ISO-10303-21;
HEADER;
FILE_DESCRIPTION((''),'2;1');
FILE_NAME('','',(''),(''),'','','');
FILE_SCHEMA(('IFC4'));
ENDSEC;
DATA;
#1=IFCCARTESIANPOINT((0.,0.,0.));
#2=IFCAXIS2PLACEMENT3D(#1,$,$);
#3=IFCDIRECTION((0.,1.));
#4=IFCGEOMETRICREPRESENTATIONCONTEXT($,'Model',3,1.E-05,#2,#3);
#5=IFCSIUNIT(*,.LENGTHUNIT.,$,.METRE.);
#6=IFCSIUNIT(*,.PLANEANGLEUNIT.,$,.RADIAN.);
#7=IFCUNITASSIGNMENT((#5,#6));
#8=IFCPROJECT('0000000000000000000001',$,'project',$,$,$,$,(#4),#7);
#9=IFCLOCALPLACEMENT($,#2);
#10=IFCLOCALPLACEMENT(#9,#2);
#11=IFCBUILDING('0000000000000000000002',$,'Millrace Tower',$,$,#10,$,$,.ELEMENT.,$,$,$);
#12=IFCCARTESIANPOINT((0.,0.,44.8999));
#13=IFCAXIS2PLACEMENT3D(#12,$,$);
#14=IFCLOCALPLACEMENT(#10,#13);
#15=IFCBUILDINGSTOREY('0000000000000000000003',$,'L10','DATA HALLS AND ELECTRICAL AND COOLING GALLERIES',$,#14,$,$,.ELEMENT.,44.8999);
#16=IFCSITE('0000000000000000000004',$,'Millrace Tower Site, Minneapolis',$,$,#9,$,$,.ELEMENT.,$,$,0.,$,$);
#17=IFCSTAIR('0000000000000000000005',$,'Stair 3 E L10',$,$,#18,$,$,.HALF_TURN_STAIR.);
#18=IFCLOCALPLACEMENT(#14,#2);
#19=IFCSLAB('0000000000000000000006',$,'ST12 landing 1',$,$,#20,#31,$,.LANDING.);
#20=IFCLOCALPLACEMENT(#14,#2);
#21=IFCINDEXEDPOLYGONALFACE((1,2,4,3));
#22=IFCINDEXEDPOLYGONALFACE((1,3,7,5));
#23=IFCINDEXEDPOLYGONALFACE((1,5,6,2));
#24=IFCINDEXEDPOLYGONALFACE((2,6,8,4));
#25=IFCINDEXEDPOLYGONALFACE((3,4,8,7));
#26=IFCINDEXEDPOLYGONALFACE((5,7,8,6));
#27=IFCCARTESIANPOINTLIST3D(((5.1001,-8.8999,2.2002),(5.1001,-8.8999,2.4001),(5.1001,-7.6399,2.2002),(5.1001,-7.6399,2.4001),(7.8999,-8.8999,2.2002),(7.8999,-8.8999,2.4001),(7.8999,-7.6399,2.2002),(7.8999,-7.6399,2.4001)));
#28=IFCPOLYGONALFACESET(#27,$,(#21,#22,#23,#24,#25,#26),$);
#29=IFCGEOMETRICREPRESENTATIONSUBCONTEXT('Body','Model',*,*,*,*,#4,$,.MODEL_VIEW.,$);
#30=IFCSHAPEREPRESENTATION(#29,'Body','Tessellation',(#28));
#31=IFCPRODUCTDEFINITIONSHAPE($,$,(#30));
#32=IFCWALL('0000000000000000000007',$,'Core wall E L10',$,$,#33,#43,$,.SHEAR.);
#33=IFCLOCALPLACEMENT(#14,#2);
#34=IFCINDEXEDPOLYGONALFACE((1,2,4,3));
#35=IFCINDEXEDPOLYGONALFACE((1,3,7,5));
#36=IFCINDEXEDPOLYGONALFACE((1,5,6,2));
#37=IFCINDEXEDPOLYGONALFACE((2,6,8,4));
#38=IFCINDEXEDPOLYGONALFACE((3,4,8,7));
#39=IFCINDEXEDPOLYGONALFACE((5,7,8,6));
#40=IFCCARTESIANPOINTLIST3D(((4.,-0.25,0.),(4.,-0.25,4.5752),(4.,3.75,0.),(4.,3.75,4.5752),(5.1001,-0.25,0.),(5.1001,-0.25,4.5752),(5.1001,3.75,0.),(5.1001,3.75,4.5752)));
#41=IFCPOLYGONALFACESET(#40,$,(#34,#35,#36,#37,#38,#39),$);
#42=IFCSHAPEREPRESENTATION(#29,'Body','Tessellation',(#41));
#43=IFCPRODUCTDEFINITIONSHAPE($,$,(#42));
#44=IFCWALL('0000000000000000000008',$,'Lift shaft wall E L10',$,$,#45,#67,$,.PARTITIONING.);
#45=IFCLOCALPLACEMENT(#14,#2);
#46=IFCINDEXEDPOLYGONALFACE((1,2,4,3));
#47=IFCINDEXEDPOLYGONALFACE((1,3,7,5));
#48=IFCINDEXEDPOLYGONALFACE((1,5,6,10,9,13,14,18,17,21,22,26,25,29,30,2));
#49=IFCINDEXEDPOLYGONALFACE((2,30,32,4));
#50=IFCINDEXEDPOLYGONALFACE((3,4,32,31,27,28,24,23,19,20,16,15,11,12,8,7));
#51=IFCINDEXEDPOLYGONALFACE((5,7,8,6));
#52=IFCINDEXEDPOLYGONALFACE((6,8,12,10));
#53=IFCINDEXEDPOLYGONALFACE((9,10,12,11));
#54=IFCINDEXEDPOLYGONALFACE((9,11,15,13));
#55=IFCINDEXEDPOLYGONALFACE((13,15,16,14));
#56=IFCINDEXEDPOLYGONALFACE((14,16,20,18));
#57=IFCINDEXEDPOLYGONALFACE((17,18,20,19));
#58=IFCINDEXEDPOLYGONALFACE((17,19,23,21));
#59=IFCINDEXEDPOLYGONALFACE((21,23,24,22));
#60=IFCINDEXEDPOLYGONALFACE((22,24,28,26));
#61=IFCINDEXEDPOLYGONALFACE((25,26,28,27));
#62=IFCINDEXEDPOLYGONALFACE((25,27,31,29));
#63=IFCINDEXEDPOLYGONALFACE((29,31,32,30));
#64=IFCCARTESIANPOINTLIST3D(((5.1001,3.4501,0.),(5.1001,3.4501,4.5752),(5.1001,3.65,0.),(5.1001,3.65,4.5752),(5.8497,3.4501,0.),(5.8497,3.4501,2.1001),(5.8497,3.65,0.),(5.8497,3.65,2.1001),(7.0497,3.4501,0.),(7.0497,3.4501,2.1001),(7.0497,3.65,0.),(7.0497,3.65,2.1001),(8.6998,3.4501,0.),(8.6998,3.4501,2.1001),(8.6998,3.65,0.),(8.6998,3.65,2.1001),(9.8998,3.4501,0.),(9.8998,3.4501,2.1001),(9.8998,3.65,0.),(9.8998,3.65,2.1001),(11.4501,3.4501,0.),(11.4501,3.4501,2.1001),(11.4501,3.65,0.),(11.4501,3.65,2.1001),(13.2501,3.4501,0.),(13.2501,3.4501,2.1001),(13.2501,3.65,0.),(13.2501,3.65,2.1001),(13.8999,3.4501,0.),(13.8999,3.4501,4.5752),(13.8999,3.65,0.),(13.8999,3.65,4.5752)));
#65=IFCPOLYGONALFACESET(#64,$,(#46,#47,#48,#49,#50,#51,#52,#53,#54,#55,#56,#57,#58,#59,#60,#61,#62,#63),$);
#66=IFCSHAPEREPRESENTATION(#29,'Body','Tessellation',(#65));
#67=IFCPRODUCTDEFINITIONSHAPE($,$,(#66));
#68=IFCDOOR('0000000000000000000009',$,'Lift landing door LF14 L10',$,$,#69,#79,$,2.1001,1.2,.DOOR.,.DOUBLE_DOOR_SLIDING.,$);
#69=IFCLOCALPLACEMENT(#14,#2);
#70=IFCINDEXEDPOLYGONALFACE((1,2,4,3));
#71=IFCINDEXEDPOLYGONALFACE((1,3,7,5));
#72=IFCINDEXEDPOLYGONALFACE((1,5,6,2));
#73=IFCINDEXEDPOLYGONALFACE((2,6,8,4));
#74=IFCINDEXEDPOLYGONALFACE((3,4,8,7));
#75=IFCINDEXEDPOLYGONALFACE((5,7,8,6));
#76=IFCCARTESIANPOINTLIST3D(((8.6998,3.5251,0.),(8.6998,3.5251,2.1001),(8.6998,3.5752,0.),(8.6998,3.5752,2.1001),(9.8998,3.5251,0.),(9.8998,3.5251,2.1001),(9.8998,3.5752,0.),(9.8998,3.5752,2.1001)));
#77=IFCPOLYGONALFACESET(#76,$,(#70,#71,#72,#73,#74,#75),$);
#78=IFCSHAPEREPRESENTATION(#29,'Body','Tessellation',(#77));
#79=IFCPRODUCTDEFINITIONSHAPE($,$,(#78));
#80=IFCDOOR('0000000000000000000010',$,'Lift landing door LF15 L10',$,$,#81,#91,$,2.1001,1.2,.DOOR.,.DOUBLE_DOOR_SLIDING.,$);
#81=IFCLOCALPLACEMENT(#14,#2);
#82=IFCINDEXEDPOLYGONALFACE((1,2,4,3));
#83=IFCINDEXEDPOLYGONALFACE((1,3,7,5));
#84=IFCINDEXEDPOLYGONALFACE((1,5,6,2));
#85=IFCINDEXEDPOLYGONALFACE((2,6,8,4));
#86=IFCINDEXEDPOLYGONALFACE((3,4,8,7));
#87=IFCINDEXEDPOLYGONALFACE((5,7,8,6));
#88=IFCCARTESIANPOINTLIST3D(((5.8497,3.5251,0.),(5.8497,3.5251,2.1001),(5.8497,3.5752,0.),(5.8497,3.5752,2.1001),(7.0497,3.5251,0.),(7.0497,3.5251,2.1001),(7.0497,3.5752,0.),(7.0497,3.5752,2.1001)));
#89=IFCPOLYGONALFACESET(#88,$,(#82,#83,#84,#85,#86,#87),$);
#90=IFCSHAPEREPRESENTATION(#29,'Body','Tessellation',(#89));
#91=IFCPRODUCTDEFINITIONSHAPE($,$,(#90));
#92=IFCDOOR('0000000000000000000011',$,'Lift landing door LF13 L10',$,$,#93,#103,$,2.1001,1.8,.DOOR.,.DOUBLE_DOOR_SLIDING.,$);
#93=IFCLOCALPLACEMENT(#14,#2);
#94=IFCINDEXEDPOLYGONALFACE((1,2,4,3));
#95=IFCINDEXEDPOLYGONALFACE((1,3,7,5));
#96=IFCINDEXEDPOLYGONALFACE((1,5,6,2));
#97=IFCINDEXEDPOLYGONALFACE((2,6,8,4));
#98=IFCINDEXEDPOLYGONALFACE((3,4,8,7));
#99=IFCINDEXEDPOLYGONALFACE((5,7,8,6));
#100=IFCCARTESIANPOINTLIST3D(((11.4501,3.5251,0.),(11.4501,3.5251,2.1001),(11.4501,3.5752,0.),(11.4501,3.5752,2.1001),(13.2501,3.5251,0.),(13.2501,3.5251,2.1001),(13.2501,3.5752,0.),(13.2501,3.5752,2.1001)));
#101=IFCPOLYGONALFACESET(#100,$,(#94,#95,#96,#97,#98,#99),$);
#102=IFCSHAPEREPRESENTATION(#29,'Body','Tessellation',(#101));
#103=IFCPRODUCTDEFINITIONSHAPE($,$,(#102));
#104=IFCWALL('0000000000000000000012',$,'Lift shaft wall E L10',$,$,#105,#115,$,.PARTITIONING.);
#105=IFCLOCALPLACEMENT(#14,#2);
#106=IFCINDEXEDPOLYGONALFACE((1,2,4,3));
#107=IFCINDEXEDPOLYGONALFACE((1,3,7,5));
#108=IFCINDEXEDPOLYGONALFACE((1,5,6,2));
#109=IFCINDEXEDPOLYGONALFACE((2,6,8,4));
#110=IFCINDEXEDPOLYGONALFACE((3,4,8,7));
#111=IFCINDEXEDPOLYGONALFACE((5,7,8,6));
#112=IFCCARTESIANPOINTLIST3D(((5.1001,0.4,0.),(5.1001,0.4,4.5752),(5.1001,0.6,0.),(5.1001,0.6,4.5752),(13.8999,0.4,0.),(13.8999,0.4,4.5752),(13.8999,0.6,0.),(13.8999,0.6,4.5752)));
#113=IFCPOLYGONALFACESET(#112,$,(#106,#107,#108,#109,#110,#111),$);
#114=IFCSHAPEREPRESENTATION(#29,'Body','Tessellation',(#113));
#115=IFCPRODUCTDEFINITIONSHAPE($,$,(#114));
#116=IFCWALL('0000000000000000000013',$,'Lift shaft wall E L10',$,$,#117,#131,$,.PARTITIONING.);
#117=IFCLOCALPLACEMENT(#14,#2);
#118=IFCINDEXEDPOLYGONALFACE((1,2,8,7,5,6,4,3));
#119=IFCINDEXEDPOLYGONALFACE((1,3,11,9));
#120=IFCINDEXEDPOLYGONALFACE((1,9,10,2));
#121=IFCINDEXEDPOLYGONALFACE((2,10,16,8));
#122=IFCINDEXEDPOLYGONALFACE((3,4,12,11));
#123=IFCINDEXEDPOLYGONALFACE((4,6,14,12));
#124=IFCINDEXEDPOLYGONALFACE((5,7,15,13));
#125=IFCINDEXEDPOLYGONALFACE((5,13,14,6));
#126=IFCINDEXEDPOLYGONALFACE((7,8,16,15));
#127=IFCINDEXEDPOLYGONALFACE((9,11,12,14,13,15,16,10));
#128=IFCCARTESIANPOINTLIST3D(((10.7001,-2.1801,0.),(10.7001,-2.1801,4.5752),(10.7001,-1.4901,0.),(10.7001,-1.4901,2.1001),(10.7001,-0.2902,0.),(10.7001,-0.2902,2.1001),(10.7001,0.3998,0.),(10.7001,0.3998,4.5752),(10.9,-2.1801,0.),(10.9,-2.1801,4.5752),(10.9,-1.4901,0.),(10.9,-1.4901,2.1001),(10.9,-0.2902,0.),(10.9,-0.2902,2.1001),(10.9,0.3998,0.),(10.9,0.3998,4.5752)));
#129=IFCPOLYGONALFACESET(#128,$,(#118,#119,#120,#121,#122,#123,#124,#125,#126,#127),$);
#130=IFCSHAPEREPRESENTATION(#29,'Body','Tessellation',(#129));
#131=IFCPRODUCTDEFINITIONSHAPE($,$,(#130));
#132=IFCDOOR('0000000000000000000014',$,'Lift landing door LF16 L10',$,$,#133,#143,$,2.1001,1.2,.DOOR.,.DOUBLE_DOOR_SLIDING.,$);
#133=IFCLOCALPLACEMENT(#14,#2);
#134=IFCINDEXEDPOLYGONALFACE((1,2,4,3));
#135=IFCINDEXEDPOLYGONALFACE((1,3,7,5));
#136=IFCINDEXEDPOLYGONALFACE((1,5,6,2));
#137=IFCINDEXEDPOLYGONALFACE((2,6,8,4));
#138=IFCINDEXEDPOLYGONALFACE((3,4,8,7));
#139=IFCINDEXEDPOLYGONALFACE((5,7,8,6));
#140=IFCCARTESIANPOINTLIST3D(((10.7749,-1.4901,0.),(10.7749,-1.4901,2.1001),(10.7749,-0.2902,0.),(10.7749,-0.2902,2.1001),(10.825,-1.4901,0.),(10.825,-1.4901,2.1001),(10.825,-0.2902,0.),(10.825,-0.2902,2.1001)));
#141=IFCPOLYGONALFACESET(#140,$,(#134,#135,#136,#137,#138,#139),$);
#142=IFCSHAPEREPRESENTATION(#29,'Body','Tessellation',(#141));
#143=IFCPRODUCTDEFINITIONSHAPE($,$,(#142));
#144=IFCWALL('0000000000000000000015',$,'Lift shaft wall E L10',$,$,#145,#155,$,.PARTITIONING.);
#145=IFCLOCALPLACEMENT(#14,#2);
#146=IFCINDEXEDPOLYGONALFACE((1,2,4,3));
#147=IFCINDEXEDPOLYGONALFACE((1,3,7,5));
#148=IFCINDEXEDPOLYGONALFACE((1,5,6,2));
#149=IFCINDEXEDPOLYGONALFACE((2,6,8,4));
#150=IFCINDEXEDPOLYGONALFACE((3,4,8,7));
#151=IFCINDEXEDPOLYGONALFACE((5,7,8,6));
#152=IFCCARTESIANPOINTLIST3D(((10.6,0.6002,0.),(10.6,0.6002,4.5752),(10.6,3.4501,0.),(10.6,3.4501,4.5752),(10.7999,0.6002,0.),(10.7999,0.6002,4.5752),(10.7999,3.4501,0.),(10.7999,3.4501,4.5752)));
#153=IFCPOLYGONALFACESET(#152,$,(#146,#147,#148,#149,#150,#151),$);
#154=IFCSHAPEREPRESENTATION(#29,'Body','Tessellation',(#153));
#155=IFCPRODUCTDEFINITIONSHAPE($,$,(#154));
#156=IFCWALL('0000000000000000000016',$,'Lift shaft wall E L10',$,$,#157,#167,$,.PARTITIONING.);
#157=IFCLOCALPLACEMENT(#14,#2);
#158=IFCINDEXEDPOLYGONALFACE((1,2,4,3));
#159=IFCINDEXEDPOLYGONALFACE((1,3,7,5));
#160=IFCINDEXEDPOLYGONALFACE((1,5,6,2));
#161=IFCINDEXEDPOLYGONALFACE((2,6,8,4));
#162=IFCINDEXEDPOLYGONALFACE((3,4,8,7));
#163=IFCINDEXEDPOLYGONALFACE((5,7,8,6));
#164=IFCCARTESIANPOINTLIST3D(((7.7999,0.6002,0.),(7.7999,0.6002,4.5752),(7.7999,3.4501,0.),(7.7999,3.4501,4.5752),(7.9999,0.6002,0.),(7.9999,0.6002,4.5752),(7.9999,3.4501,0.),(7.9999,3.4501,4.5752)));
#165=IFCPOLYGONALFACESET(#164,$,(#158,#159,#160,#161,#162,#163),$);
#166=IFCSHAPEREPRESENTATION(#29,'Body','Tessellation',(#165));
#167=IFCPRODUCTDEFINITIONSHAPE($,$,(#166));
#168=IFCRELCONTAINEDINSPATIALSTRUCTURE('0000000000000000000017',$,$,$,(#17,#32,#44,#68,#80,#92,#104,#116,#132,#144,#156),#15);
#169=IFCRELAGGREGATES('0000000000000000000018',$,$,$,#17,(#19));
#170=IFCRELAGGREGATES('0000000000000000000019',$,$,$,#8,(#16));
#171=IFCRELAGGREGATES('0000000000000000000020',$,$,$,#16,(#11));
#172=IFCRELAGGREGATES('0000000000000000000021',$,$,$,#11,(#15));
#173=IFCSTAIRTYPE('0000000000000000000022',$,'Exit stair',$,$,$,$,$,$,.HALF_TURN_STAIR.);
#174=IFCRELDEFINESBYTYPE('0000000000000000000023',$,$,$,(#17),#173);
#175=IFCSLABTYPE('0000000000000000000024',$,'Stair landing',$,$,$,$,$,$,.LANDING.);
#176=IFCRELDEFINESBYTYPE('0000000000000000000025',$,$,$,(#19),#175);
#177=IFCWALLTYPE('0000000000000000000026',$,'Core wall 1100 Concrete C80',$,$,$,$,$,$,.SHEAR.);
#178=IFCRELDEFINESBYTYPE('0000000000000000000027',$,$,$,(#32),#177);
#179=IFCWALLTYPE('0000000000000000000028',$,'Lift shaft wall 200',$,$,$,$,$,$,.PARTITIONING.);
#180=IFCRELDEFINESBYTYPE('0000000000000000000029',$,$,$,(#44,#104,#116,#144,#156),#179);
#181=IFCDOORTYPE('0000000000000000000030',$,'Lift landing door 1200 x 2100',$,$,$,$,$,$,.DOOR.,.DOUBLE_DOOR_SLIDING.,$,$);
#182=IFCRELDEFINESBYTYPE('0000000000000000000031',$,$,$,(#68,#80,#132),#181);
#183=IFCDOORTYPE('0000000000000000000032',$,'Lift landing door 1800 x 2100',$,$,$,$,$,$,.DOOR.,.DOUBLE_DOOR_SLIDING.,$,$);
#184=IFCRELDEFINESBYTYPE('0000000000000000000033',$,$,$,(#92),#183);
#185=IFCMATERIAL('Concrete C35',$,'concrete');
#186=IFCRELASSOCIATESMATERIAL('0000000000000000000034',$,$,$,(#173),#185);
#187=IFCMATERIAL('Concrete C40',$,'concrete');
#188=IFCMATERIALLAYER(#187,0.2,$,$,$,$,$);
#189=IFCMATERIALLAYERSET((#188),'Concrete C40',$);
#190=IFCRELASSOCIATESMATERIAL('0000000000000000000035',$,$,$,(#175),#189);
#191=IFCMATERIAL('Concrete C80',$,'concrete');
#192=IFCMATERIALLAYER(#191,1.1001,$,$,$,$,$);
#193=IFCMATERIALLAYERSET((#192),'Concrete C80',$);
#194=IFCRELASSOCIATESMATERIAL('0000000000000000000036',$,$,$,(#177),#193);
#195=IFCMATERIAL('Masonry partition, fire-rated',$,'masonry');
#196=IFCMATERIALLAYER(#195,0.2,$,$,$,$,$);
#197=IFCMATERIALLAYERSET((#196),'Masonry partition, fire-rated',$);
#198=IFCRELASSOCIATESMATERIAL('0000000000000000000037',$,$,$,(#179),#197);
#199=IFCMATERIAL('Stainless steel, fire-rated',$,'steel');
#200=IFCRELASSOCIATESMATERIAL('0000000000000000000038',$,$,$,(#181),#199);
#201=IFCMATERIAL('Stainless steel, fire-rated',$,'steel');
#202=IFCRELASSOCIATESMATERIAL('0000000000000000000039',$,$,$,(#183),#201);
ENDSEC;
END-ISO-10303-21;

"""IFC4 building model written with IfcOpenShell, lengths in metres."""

from ifc_helpers import new_model, si_unit, direction, frame, frame_2d, origin, place, context, subcontext, project, spatial, polyline, rectangle, outline, extrude, material, layer, layer_set, type_object, element, fill, aggregate, save


model = new_model("IFC4")

# Units and contexts
model_context = context("Model", 3, precision=1e-05, world=origin(), true_north=direction((0.0, 1.0)))
body_context = subcontext(model_context, "Body", "Model", "MODEL_VIEW")
ifc_project = project(units=[si_unit("LENGTHUNIT", "METRE"), si_unit("PLANEANGLEUNIT", "RADIAN")], contexts=[model_context])

# Site, building, storey
site_placement = place(None, origin())
site = spatial("IfcSite", under=ifc_project, at=site_placement, Name="Millrace Tower Site, Minneapolis", CompositionType="ELEMENT", RefElevation=0.0)
building_placement = place(site_placement, origin())
building = spatial("IfcBuilding", under=site, at=building_placement, Name="Millrace Tower", CompositionType="ELEMENT")
storey_placement = place(building_placement, frame((0.0, 0.0, 44.8999)))
storey = spatial("IfcBuildingStorey", under=building, at=storey_placement, Name="L10", Description="DATA HALLS AND ELECTRICAL AND COOLING GALLERIES", CompositionType="ELEMENT", Elevation=44.8999)

# Shared definitions
placement_1 = place(storey_placement, origin())

# Stair, slab
ifc_material_1 = material(Name="Concrete C35", Category="concrete")
stair_type = type_object("IfcStairType", Name="Exit stair", PredefinedType="HALF_TURN_STAIR", material=ifc_material_1)
ifc_material_2 = material(Name="Concrete C40", Category="concrete")
ifc_layer_1 = layer(ifc_material_2, 0.2)
ifc_layer_set_1 = layer_set([ifc_layer_1], Name="Concrete C40")
slab_type = type_object("IfcSlabType", Name="Stair landing", PredefinedType="LANDING", material=ifc_layer_set_1)
placement_2 = place(storey_placement, frame((0.0, 0.0, 2.2002)))
stair_1 = element("IfcStair", 1, at=placement_1, inside=storey, type_object=stair_type, Name="Stair 3 E L10", PredefinedType="HALF_TURN_STAIR")
slab_1 = element("IfcSlab", 2, at=placement_2, type_object=slab_type, Name="ST12 landing 1", PredefinedType="LANDING", context=body_context, shape_type="SweptSolid", body=[
    extrude(outline(polyline([(5.1001, -8.8999), (7.8999, -8.8999), (7.8999, -7.6399), (5.1001, -7.6399), (5.1001, -8.8999)])), origin(), (0.0, 0.0, 1.0), 0.2),
])
aggregate(stair_1, [slab_1])

# Wall
ifc_material_3 = material(Name="Concrete C80", Category="concrete")
ifc_layer_2 = layer(ifc_material_3, 1.1001)
ifc_layer_set_2 = layer_set([ifc_layer_2], Name="Concrete C80")
wall_type_1 = type_object("IfcWallType", Name="Core wall 1100 Concrete C80", PredefinedType="SHEAR", material=ifc_layer_set_2)
wall_1_placement = place(storey_placement, frame((4.55, 3.75, 0.0), z_axis=(0.0, 0.0, 1.0), x_axis=(0.0, -1.0, 0.0)))
element("IfcWall", 3, at=wall_1_placement, inside=storey, type_object=wall_type_1, Name="Core wall E L10", PredefinedType="SHEAR", context=body_context, shape_type="SweptSolid", body=[
    extrude(rectangle(XDim=4.0, YDim=1.1001, at=frame_2d((2.0, 0.0))), origin(), (0.0, 0.0, 1.0), 4.5752),
])

# Wall, openings, doors
ifc_material_4 = material(Name="Masonry partition, fire-rated", Category="masonry")
ifc_layer_3 = layer(ifc_material_4, 0.2)
ifc_layer_set_3 = layer_set([ifc_layer_3], Name="Masonry partition, fire-rated")
wall_type_2 = type_object("IfcWallType", Name="Lift shaft wall 200", PredefinedType="PARTITIONING", material=ifc_layer_set_3)
wall_2_placement = place(storey_placement, frame((13.8999, 3.55, 0.0), z_axis=(0.0, 0.0, 1.0), x_axis=(-1.0, 0.0, 0.0)))
wall_2 = element("IfcWall", 4, at=wall_2_placement, inside=storey, type_object=wall_type_2, Name="Lift shaft wall E L10", PredefinedType="PARTITIONING", context=body_context, shape_type="SweptSolid", body=[
    extrude(rectangle(XDim=8.7998, YDim=0.2, at=frame_2d((4.3999, 0.0))), origin(), (0.0, 0.0, 1.0), 4.5752),
])
opening_1_placement = place(wall_2_placement, frame((0.6499, 0.0, 0.0)))
opening_1 = element("IfcOpeningElement", 5, at=opening_1_placement, cuts=wall_2, PredefinedType="OPENING", context=body_context, shape_type="SweptSolid", body=[
    extrude(rectangle(XDim=1.8, YDim=2.1001, at=frame_2d((0.8999, 1.05))), frame((0.0, 0.1099, 0.0), z_axis=(0.0, -1.0, 0.0), x_axis=(1.0, 0.0, 0.0)), (0.0, 0.0, 1.0), 0.22),
])
opening_2_placement = place(wall_2_placement, frame((4.0, 0.0, 0.0)))
opening_2 = element("IfcOpeningElement", 6, at=opening_2_placement, cuts=wall_2, PredefinedType="OPENING", context=body_context, shape_type="SweptSolid", body=[
    extrude(rectangle(XDim=1.2, YDim=2.1001, at=frame_2d((0.6001, 1.05))), frame((0.0, 0.1099, 0.0), z_axis=(0.0, -1.0, 0.0), x_axis=(1.0, 0.0, 0.0)), (0.0, 0.0, 1.0), 0.22),
])
opening_3_placement = place(wall_2_placement, frame((6.8501, 0.0, 0.0)))
opening_3 = element("IfcOpeningElement", 7, at=opening_3_placement, cuts=wall_2, PredefinedType="OPENING", context=body_context, shape_type="SweptSolid", body=[
    extrude(rectangle(XDim=1.2, YDim=2.1001, at=frame_2d((0.6001, 1.05))), frame((0.0, 0.1099, 0.0), z_axis=(0.0, -1.0, 0.0), x_axis=(1.0, 0.0, 0.0)), (0.0, 0.0, 1.0), 0.22),
])
ifc_material_5 = material(Name="Stainless steel, fire-rated", Category="steel")
door_type_1 = type_object("IfcDoorType", Name="Lift landing door 1200 x 2100", OperationType="DOUBLE_DOOR_SLIDING", PredefinedType="DOOR", material=ifc_material_5)
door_1_placement = place(opening_2_placement, origin())
door_1 = element("IfcDoor", 8, at=door_1_placement, inside=storey, type_object=door_type_1, Name="Lift landing door LF14 L10", OperationType="DOUBLE_DOOR_SLIDING", OverallHeight=2.1001, OverallWidth=1.2, PredefinedType="DOOR", context=body_context, shape_type="SweptSolid", body=[
    extrude(rectangle(XDim=1.2, YDim=2.1001, at=frame_2d((0.6001, 1.05))), frame((0.0, 0.0249, 0.0), z_axis=(0.0, -1.0, 0.0), x_axis=(1.0, 0.0, 0.0)), (0.0, 0.0, 1.0), 0.05),
])
fill(opening_2, door_1)
door_2_placement = place(opening_3_placement, origin())
door_2 = element("IfcDoor", 9, at=door_2_placement, inside=storey, type_object=door_type_1, Name="Lift landing door LF15 L10", OperationType="DOUBLE_DOOR_SLIDING", OverallHeight=2.1001, OverallWidth=1.2, PredefinedType="DOOR", context=body_context, shape_type="SweptSolid", body=[
    extrude(rectangle(XDim=1.2, YDim=2.1001, at=frame_2d((0.6001, 1.05))), frame((0.0, 0.0249, 0.0), z_axis=(0.0, -1.0, 0.0), x_axis=(1.0, 0.0, 0.0)), (0.0, 0.0, 1.0), 0.05),
])
fill(opening_3, door_2)
ifc_material_6 = material(Name="Stainless steel, fire-rated", Category="steel")
door_type_2 = type_object("IfcDoorType", Name="Lift landing door 1800 x 2100", OperationType="DOUBLE_DOOR_SLIDING", PredefinedType="DOOR", material=ifc_material_6)
door_3_placement = place(opening_1_placement, origin())
door_3 = element("IfcDoor", 10, at=door_3_placement, inside=storey, type_object=door_type_2, Name="Lift landing door LF13 L10", OperationType="DOUBLE_DOOR_SLIDING", OverallHeight=2.1001, OverallWidth=1.8, PredefinedType="DOOR", context=body_context, shape_type="SweptSolid", body=[
    extrude(rectangle(XDim=1.8, YDim=2.1001, at=frame_2d((0.8999, 1.05))), frame((0.0, 0.0249, 0.0), z_axis=(0.0, -1.0, 0.0), x_axis=(1.0, 0.0, 0.0)), (0.0, 0.0, 1.0), 0.05),
])
fill(opening_1, door_3)

# Wall
wall_3_placement = place(storey_placement, frame((13.8999, 0.5, 0.0), z_axis=(0.0, 0.0, 1.0), x_axis=(-1.0, 0.0, 0.0)))
element("IfcWall", 11, at=wall_3_placement, inside=storey, type_object=wall_type_2, Name="Lift shaft wall E L10", PredefinedType="PARTITIONING", context=body_context, shape_type="SweptSolid", body=[
    extrude(rectangle(XDim=8.7998, YDim=0.2, at=frame_2d((4.3999, 0.0))), origin(), (0.0, 0.0, 1.0), 4.5752),
])

# Wall, opening, door
wall_4_placement = place(storey_placement, frame((10.8, 0.3999, 0.0), z_axis=(0.0, 0.0, 1.0), x_axis=(0.0, -1.0, 0.0)))
wall_4 = element("IfcWall", 12, at=wall_4_placement, inside=storey, type_object=wall_type_2, Name="Lift shaft wall E L10", PredefinedType="PARTITIONING", context=body_context, shape_type="SweptSolid", body=[
    extrude(rectangle(XDim=2.5798, YDim=0.2, at=frame_2d((1.29, 0.0))), origin(), (0.0, 0.0, 1.0), 4.5752),
])
opening_4_placement = place(wall_4_placement, frame((0.6899, 0.0, 0.0)))
opening_4 = element("IfcOpeningElement", 13, at=opening_4_placement, cuts=wall_4, PredefinedType="OPENING", context=body_context, shape_type="SweptSolid", body=[
    extrude(rectangle(XDim=1.2, YDim=2.1001, at=frame_2d((0.6001, 1.05))), frame((0.0, 0.1099, 0.0), z_axis=(0.0, -1.0, 0.0), x_axis=(1.0, 0.0, 0.0)), (0.0, 0.0, 1.0), 0.22),
])
door_4_placement = place(opening_4_placement, origin())
door_4 = element("IfcDoor", 14, at=door_4_placement, inside=storey, type_object=door_type_1, Name="Lift landing door LF16 L10", OperationType="DOUBLE_DOOR_SLIDING", OverallHeight=2.1001, OverallWidth=1.2, PredefinedType="DOOR", context=body_context, shape_type="SweptSolid", body=[
    extrude(rectangle(XDim=1.2, YDim=2.1001, at=frame_2d((0.6001, 1.05))), frame((0.0, 0.0249, 0.0), z_axis=(0.0, -1.0, 0.0), x_axis=(1.0, 0.0, 0.0)), (0.0, 0.0, 1.0), 0.05),
])
fill(opening_4, door_4)

# Walls
for number, where, z_axis, x_axis, name in (
    (15, (10.7, 3.45, 0.0), (0.0, 0.0, 1.0), (0.0, -1.0, 0.0), "Lift shaft wall E L10"),
    (16, (7.8999, 3.45, 0.0), (0.0, 0.0, 1.0), (0.0, -1.0, 0.0), "Lift shaft wall E L10"),
):
    element("IfcWall", number, at=place(storey_placement, frame(where, z_axis=z_axis, x_axis=x_axis)), inside=storey, type_object=wall_type_2, Name=name, PredefinedType="PARTITIONING", context=body_context, shape_type="SweptSolid", body=[
        extrude(rectangle(XDim=2.8499, YDim=0.2, at=frame_2d((1.4248, 0.0))), origin(), (0.0, 0.0, 1.0), 4.5752),
    ])

save(model, "model.ifc")
